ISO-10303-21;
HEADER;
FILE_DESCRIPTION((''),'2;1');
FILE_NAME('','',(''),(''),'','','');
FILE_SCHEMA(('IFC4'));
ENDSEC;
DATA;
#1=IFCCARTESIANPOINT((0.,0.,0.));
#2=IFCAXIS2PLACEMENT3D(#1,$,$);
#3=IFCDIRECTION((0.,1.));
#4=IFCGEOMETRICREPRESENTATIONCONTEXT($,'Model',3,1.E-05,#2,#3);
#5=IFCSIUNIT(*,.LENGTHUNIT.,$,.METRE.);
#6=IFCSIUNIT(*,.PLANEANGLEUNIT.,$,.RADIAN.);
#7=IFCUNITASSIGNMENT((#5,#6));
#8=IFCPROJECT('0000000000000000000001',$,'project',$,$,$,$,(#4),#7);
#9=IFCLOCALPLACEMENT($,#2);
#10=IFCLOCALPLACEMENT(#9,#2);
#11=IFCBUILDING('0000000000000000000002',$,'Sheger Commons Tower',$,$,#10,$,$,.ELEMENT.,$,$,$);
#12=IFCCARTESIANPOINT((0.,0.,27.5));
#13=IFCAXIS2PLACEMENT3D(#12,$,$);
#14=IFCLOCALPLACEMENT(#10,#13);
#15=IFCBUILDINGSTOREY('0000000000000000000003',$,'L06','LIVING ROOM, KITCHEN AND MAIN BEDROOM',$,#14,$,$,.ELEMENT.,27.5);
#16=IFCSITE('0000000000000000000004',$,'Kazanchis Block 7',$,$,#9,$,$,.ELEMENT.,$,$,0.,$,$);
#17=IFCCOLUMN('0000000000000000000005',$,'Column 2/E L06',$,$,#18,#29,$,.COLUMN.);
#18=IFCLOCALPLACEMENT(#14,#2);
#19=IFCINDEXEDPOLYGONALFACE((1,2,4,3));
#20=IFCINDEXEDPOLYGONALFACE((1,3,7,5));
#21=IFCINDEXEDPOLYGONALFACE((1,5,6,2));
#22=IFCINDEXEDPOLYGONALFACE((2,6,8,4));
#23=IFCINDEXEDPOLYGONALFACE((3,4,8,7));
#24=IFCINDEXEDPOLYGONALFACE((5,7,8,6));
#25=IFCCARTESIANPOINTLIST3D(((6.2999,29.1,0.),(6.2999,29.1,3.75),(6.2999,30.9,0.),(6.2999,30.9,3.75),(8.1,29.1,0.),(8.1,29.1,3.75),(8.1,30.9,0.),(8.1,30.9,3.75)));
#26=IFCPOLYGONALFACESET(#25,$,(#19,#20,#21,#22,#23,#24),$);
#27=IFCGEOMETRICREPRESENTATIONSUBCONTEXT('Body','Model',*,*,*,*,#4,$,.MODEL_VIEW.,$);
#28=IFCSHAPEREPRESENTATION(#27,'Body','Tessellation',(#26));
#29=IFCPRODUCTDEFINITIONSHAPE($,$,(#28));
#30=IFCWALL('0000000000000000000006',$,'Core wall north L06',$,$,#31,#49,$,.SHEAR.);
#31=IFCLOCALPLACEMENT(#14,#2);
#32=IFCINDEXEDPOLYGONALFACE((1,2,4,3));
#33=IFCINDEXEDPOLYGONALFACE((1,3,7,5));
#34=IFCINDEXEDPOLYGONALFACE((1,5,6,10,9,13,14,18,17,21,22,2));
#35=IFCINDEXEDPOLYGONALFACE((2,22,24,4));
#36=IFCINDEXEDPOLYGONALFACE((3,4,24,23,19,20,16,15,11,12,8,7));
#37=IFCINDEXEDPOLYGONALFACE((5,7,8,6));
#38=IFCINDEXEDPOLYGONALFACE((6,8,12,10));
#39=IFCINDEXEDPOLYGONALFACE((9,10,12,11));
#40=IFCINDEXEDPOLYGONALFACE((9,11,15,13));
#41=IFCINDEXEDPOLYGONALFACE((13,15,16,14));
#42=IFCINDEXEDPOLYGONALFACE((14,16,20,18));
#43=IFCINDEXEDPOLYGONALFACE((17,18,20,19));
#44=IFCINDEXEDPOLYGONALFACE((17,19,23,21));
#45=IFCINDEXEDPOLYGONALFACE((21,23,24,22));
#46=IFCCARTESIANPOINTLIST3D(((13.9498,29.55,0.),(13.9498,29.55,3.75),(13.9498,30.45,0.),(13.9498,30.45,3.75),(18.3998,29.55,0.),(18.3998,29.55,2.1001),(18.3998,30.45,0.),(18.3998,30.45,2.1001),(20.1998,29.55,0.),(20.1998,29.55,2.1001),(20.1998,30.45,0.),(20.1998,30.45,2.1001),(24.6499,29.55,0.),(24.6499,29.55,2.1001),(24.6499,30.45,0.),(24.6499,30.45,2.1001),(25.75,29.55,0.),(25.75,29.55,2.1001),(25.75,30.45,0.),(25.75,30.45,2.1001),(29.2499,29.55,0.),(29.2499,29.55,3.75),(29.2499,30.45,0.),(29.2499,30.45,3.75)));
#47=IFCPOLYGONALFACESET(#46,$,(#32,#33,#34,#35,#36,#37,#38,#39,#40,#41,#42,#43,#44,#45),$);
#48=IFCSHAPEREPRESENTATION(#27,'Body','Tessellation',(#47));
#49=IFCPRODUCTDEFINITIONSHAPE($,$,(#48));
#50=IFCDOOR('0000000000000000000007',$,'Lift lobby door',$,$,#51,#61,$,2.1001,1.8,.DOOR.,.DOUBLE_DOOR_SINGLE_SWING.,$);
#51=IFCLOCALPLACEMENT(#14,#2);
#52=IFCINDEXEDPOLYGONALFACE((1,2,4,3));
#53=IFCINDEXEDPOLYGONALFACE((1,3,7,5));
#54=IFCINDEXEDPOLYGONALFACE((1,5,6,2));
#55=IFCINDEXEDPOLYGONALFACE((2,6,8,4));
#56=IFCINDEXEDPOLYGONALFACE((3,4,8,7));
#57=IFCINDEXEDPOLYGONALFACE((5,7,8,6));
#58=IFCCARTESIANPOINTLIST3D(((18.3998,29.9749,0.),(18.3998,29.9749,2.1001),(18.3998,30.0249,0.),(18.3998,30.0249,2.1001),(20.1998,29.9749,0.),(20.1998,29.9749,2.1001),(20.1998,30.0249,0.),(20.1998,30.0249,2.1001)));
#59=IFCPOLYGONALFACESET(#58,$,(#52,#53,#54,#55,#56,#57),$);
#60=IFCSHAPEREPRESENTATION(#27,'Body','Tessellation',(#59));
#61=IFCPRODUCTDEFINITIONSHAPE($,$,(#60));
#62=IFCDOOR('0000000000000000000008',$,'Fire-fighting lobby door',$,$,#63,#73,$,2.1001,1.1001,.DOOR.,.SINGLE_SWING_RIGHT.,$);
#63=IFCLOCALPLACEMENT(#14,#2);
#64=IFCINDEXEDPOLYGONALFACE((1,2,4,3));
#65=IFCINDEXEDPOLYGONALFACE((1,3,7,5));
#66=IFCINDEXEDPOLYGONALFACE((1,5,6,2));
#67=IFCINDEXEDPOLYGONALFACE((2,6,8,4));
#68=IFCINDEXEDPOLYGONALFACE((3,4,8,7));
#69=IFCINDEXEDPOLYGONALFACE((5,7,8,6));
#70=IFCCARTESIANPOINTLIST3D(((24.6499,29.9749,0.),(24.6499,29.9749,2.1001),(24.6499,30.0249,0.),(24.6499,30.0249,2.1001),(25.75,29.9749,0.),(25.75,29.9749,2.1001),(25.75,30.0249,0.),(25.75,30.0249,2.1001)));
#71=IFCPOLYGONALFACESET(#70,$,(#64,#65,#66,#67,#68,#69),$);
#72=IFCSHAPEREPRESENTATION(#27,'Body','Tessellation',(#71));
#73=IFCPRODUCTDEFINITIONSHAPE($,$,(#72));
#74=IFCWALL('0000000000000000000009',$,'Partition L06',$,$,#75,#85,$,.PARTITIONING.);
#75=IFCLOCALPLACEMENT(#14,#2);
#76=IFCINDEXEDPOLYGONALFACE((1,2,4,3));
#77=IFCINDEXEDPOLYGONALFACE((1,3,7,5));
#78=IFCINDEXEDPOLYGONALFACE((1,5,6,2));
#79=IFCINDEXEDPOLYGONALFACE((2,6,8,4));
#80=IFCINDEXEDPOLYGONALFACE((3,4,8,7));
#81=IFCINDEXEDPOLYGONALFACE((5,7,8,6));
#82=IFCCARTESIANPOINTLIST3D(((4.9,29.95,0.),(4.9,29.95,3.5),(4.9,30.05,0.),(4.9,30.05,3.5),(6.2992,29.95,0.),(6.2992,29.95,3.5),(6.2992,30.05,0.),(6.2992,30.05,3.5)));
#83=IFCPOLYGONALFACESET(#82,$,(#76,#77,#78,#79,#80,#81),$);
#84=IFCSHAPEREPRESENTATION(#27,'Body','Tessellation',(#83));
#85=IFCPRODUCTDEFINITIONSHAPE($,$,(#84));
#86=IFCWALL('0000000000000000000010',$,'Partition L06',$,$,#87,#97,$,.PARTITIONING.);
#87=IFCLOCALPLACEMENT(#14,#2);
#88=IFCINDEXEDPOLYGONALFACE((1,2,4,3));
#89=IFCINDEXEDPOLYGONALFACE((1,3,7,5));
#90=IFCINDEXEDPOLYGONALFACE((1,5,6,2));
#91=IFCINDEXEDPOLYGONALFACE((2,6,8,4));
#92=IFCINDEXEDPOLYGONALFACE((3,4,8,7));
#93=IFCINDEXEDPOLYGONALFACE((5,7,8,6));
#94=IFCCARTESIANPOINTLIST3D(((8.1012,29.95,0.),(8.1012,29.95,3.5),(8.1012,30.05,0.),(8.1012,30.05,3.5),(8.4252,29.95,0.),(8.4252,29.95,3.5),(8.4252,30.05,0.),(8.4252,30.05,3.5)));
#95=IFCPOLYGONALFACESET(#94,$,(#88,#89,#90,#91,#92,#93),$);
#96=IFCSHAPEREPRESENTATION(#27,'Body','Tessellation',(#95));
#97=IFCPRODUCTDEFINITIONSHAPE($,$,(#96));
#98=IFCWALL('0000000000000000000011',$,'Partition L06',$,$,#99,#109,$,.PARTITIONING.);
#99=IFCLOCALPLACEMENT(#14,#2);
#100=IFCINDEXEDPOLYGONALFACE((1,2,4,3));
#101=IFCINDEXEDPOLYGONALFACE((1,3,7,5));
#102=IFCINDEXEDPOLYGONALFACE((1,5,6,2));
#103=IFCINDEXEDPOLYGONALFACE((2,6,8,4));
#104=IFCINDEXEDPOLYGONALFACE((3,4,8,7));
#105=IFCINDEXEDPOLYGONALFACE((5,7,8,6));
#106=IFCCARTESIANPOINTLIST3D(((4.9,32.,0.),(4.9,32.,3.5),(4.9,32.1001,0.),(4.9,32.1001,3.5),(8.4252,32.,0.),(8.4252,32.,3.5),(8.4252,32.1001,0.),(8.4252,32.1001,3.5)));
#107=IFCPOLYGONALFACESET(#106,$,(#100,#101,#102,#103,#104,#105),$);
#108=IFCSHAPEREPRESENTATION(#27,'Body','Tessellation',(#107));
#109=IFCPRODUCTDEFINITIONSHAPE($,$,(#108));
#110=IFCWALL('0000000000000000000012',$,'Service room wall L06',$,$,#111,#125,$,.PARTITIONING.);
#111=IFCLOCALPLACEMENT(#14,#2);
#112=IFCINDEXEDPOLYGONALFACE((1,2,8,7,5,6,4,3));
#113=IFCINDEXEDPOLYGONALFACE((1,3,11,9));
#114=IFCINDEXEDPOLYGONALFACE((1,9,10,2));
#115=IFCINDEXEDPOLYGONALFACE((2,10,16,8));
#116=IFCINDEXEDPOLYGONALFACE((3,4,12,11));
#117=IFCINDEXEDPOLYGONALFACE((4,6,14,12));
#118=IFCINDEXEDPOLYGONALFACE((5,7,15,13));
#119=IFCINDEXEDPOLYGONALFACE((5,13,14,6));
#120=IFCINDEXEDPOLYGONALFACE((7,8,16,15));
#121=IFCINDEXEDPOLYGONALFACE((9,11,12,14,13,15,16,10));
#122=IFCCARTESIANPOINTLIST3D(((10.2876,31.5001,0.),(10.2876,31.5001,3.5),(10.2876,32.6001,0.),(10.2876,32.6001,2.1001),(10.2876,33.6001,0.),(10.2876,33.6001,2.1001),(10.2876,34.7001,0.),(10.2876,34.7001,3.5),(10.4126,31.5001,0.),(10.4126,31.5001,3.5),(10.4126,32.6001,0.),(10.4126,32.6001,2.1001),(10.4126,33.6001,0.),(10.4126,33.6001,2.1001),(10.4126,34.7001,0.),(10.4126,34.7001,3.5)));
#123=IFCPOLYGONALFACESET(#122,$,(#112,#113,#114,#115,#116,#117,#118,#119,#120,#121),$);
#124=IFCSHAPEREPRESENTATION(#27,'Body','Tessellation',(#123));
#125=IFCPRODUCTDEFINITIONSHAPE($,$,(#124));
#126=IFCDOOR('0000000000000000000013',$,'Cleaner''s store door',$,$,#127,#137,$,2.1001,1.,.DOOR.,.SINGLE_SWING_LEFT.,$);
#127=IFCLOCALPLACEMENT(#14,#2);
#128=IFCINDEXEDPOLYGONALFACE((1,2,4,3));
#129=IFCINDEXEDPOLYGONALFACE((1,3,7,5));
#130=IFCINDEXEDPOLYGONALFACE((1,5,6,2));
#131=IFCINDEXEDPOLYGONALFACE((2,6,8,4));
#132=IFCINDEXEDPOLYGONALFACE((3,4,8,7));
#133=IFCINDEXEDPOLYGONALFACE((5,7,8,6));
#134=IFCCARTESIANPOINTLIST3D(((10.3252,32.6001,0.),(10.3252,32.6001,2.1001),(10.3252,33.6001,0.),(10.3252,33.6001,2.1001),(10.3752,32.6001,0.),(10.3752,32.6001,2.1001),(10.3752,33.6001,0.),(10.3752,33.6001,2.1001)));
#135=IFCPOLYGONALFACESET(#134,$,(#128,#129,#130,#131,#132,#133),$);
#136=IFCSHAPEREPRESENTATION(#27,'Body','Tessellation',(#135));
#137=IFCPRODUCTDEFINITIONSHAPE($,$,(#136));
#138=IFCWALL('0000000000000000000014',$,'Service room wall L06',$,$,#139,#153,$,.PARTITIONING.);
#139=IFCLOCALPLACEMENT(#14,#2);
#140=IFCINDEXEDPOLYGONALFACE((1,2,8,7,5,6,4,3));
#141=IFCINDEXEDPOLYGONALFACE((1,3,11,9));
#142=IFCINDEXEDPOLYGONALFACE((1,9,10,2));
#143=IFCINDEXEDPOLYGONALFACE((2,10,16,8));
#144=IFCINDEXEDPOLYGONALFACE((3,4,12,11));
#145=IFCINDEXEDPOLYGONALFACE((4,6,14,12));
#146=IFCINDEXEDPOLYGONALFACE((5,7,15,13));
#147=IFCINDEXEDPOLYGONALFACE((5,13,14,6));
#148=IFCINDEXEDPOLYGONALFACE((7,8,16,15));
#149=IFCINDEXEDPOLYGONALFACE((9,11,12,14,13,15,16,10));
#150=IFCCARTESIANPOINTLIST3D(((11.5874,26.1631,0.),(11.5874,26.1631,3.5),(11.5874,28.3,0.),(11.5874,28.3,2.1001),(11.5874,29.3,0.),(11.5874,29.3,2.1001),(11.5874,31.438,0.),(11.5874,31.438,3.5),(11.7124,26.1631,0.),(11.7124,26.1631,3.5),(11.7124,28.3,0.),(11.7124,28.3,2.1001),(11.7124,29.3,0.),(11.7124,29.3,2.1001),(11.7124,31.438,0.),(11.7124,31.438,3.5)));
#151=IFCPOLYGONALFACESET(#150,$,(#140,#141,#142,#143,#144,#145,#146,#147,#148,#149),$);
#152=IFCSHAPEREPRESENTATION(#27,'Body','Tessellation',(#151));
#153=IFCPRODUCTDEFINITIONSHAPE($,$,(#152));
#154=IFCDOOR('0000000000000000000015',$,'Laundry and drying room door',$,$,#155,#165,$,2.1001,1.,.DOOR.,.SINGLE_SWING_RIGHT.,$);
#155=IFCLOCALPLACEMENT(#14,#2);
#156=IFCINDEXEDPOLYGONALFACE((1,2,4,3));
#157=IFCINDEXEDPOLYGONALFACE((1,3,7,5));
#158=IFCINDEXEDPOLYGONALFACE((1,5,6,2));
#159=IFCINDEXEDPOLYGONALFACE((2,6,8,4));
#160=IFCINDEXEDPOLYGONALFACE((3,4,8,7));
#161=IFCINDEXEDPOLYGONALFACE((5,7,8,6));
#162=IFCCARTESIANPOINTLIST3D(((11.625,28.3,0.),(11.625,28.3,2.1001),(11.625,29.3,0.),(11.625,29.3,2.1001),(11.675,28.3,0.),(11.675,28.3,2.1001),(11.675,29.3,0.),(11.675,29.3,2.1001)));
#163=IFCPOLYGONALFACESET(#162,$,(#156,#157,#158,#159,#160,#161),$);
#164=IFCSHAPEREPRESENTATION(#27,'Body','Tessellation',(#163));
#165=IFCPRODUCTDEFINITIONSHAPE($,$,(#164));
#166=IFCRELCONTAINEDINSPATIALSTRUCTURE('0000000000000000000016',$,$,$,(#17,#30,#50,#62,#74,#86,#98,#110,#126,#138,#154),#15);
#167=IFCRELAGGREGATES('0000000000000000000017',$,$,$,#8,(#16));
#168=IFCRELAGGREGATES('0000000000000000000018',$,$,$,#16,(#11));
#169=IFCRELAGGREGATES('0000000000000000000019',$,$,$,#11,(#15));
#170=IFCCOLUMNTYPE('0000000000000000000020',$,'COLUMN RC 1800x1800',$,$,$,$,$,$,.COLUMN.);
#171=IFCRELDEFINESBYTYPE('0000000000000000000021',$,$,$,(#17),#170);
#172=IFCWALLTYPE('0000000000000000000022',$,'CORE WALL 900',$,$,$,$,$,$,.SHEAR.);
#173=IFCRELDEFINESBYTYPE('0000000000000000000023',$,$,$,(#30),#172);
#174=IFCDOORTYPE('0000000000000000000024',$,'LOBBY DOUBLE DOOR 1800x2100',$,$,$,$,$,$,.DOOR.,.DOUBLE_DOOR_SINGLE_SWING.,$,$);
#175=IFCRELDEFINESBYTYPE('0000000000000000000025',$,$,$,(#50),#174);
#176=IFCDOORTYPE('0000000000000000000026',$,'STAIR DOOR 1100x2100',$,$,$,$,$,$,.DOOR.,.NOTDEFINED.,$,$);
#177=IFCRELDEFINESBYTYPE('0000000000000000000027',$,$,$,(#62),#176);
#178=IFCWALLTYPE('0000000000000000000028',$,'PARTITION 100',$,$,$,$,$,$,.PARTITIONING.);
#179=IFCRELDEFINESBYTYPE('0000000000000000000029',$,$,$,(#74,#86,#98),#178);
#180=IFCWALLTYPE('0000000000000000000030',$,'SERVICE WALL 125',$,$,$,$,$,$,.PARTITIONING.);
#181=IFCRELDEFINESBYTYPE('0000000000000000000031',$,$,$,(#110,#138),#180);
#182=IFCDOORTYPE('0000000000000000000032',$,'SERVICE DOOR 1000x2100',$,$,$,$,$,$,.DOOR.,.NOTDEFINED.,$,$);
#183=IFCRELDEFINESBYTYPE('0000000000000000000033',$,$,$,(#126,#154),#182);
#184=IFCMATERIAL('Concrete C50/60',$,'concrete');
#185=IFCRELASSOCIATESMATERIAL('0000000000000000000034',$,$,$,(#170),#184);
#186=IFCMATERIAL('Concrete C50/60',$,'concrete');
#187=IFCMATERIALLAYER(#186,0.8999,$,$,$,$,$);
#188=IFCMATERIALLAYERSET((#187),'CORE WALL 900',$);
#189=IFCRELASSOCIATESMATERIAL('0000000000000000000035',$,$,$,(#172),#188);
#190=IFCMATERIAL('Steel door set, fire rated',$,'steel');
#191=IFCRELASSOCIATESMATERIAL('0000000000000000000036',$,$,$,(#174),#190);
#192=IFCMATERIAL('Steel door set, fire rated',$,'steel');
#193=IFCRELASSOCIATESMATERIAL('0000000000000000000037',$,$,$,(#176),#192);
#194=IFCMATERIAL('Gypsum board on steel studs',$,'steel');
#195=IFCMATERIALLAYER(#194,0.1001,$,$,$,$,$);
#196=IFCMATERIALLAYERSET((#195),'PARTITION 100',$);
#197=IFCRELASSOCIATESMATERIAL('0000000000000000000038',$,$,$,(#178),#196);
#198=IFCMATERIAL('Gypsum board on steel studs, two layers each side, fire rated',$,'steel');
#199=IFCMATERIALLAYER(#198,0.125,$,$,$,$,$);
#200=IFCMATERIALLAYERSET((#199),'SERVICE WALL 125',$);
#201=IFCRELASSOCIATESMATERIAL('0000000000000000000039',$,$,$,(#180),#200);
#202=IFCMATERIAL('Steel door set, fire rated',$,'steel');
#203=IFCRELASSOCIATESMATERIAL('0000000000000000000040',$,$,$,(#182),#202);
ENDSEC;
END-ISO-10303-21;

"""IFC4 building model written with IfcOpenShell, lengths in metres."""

from ifc_helpers import new_model, si_unit, direction, frame, frame_2d, origin, origin_2d, place, context, subcontext, project, spatial, rectangle, extrude, material, layer, layer_set, material_profile, profile_set, type_object, element, fill, save


model = new_model("IFC4")

# Units and contexts
model_context = context("Model", 3, precision=1e-05, world=origin(), true_north=direction((0.0, 1.0)))
body_context = subcontext(model_context, "Body", "Model", "MODEL_VIEW")
ifc_project = project(units=[si_unit("LENGTHUNIT", "METRE"), si_unit("PLANEANGLEUNIT", "RADIAN")], contexts=[model_context])

# Site, building, storey
site_placement = place(None, origin())
site = spatial("IfcSite", under=ifc_project, at=site_placement, Name="Kazanchis Block 7", CompositionType="ELEMENT", RefElevation=0.0)
building_placement = place(site_placement, origin())
building = spatial("IfcBuilding", under=site, at=building_placement, Name="Sheger Commons Tower", CompositionType="ELEMENT")
storey_placement = place(building_placement, frame((0.0, 0.0, 27.5)))
storey = spatial("IfcBuildingStorey", under=building, at=storey_placement, Name="L06", Description="LIVING ROOM, KITCHEN AND MAIN BEDROOM", CompositionType="ELEMENT", Elevation=27.5)

# Column
ifc_material_1 = material(Name="Concrete C50/60", Category="concrete")
ifc_material_profile = material_profile(ifc_material_1, rectangle(XDim=1.8, YDim=1.8, at=origin_2d()), Name="RC 1800x1800")
ifc_profile_set = profile_set([ifc_material_profile], Name="Concrete C50/60")
column_type = type_object("IfcColumnType", Name="COLUMN RC 1800x1800", PredefinedType="COLUMN", material=ifc_profile_set)
column_placement = place(storey_placement, frame((7.2, 30.0, 0.0), z_axis=(0.0, 0.0, 1.0), x_axis=(1.0, 0.0, 0.0)))
element("IfcColumn", 1, at=column_placement, inside=storey, type_object=column_type, Name="Column 2/E L06", PredefinedType="COLUMN", context=body_context, shape_type="SweptSolid", body=[
    extrude(rectangle(XDim=1.8, YDim=1.8, at=origin_2d()), origin(), (0.0, 0.0, 1.0), 3.75),
])

# Wall, openings, doors
ifc_material_2 = material(Name="Concrete C50/60", Category="concrete")
ifc_layer_1 = layer(ifc_material_2, 0.8999)
ifc_layer_set_1 = layer_set([ifc_layer_1], Name="CORE WALL 900")
wall_type_1 = type_object("IfcWallType", Name="CORE WALL 900", PredefinedType="SHEAR", material=ifc_layer_set_1)
wall_1_placement = place(storey_placement, frame((13.95, 30.0, 0.0), z_axis=(0.0, 0.0, 1.0), x_axis=(1.0, 0.0, 0.0)))
wall_1 = element("IfcWall", 2, at=wall_1_placement, inside=storey, type_object=wall_type_1, Name="Core wall north L06", PredefinedType="SHEAR", context=body_context, shape_type="SweptSolid", body=[
    extrude(rectangle(XDim=15.3, YDim=0.8999, at=frame_2d((7.6499, 0.0))), origin(), (0.0, 0.0, 1.0), 3.75),
])
opening_1_placement = place(wall_1_placement, frame((4.45, 0.0, 0.0)))
opening_1 = element("IfcOpeningElement", 3, at=opening_1_placement, cuts=wall_1, PredefinedType="OPENING", context=body_context, shape_type="SweptSolid", body=[
    extrude(rectangle(XDim=1.8, YDim=2.1001, at=frame_2d((0.8999, 1.05))), frame((0.0, 0.46, 0.0), z_axis=(0.0, -1.0, 0.0), x_axis=(1.0, 0.0, 0.0)), (0.0, 0.0, 1.0), 0.9199),
])
opening_2_placement = place(wall_1_placement, frame((10.7, 0.0, 0.0)))
opening_2 = element("IfcOpeningElement", 4, at=opening_2_placement, cuts=wall_1, PredefinedType="OPENING", context=body_context, shape_type="SweptSolid", body=[
    extrude(rectangle(XDim=1.1001, YDim=2.1001, at=frame_2d((0.55, 1.05))), frame((0.0, 0.46, 0.0), z_axis=(0.0, -1.0, 0.0), x_axis=(1.0, 0.0, 0.0)), (0.0, 0.0, 1.0), 0.9199),
])
ifc_material_3 = material(Name="Steel door set, fire rated", Category="steel")
door_type_1 = type_object("IfcDoorType", Name="LOBBY DOUBLE DOOR 1800x2100", OperationType="DOUBLE_DOOR_SINGLE_SWING", PredefinedType="DOOR", material=ifc_material_3)
door_1_placement = place(opening_1_placement, origin())
door_1 = element("IfcDoor", 5, at=door_1_placement, inside=storey, type_object=door_type_1, Name="Lift lobby door", OperationType="DOUBLE_DOOR_SINGLE_SWING", OverallHeight=2.1001, OverallWidth=1.8, PredefinedType="DOOR", context=body_context, shape_type="SweptSolid", body=[
    extrude(rectangle(XDim=1.8, YDim=2.1001, at=frame_2d((0.8999, 1.05))), frame((0.0, 0.0249, 0.0), z_axis=(0.0, -1.0, 0.0), x_axis=(1.0, 0.0, 0.0)), (0.0, 0.0, 1.0), 0.05),
])
fill(opening_1, door_1)
ifc_material_4 = material(Name="Steel door set, fire rated", Category="steel")
door_type_2 = type_object("IfcDoorType", Name="STAIR DOOR 1100x2100", OperationType="NOTDEFINED", PredefinedType="DOOR", material=ifc_material_4)
door_2_placement = place(opening_2_placement, origin())
door_2 = element("IfcDoor", 6, at=door_2_placement, inside=storey, type_object=door_type_2, Name="Fire-fighting lobby door", OperationType="SINGLE_SWING_RIGHT", OverallHeight=2.1001, OverallWidth=1.1001, PredefinedType="DOOR", context=body_context, shape_type="SweptSolid", body=[
    extrude(rectangle(XDim=1.1001, YDim=2.1001, at=frame_2d((0.55, 1.05))), frame((0.0, 0.0249, 0.0), z_axis=(0.0, -1.0, 0.0), x_axis=(1.0, 0.0, 0.0)), (0.0, 0.0, 1.0), 0.05),
])
fill(opening_2, door_2)

# Walls
ifc_material_5 = material(Name="Gypsum board on steel studs", Category="steel")
ifc_layer_2 = layer(ifc_material_5, 0.1001)
ifc_layer_set_2 = layer_set([ifc_layer_2], Name="PARTITION 100")
wall_type_2 = type_object("IfcWallType", Name="PARTITION 100", PredefinedType="PARTITIONING", material=ifc_layer_set_2)
wall_2_placement = place(storey_placement, frame((4.8999, 30.0, 0.0), z_axis=(0.0, 0.0, 1.0), x_axis=(1.0, 0.0, 0.0)))
element("IfcWall", 7, at=wall_2_placement, inside=storey, type_object=wall_type_2, Name="Partition L06", PredefinedType="PARTITIONING", context=body_context, shape_type="SweptSolid", body=[
    extrude(rectangle(XDim=1.3992, YDim=0.1001, at=frame_2d((0.6997, 0.0))), origin(), (0.0, 0.0, 1.0), 3.5),
])
wall_3_placement = place(storey_placement, frame((8.1011, 30.0, 0.0), z_axis=(0.0, 0.0, 1.0), x_axis=(1.0, 0.0, 0.0)))
element("IfcWall", 8, at=wall_3_placement, inside=storey, type_object=wall_type_2, Name="Partition L06", PredefinedType="PARTITIONING", context=body_context, shape_type="SweptSolid", body=[
    extrude(rectangle(XDim=0.324, YDim=0.1001, at=frame_2d((0.1621, 0.0))), origin(), (0.0, 0.0, 1.0), 3.5),
])
wall_4_placement = place(storey_placement, frame((4.8999, 32.05, 0.0), z_axis=(0.0, 0.0, 1.0), x_axis=(1.0, 0.0, 0.0)))
element("IfcWall", 9, at=wall_4_placement, inside=storey, type_object=wall_type_2, Name="Partition L06", PredefinedType="PARTITIONING", context=body_context, shape_type="SweptSolid", body=[
    extrude(rectangle(XDim=3.5251, YDim=0.1001, at=frame_2d((1.7627, 0.0))), origin(), (0.0, 0.0, 1.0), 3.5),
])

# Walls, openings, doors
ifc_material_6 = material(Name="Gypsum board on steel studs, two layers each side, fire rated", Category="steel")
ifc_layer_3 = layer(ifc_material_6, 0.125)
ifc_layer_set_3 = layer_set([ifc_layer_3], Name="SERVICE WALL 125")
wall_type_3 = type_object("IfcWallType", Name="SERVICE WALL 125", PredefinedType="PARTITIONING", material=ifc_layer_set_3)
wall_5_placement = place(storey_placement, frame((10.3501, 31.5, 0.0), z_axis=(0.0, 0.0, 1.0), x_axis=(0.0, 1.0, 0.0)))
wall_5 = element("IfcWall", 10, at=wall_5_placement, inside=storey, type_object=wall_type_3, Name="Service room wall L06", PredefinedType="PARTITIONING", context=body_context, shape_type="SweptSolid", body=[
    extrude(rectangle(XDim=3.2, YDim=0.125, at=frame_2d((1.6001, 0.0))), origin(), (0.0, 0.0, 1.0), 3.5),
])
opening_3_placement = place(wall_5_placement, frame((1.1001, 0.0, 0.0)))
opening_3 = element("IfcOpeningElement", 11, at=opening_3_placement, cuts=wall_5, PredefinedType="OPENING", context=body_context, shape_type="SweptSolid", body=[
    extrude(rectangle(XDim=1.0, YDim=2.1001, at=frame_2d((0.5, 1.05))), frame((0.0, 0.0725, 0.0), z_axis=(0.0, -1.0, 0.0), x_axis=(1.0, 0.0, 0.0)), (0.0, 0.0, 1.0), 0.145),
])
ifc_material_7 = material(Name="Steel door set, fire rated", Category="steel")
door_type_3 = type_object("IfcDoorType", Name="SERVICE DOOR 1000x2100", OperationType="NOTDEFINED", PredefinedType="DOOR", material=ifc_material_7)
door_3_placement = place(opening_3_placement, origin())
door_3 = element("IfcDoor", 12, at=door_3_placement, inside=storey, type_object=door_type_3, Name="Cleaner's store door", OperationType="SINGLE_SWING_LEFT", OverallHeight=2.1001, OverallWidth=1.0, PredefinedType="DOOR", context=body_context, shape_type="SweptSolid", body=[
    extrude(rectangle(XDim=1.0, YDim=2.1001, at=frame_2d((0.5, 1.05))), frame((0.0, 0.0249, 0.0), z_axis=(0.0, -1.0, 0.0), x_axis=(1.0, 0.0, 0.0)), (0.0, 0.0, 1.0), 0.05),
])
fill(opening_3, door_3)
wall_6_placement = place(storey_placement, frame((11.6499, 26.1631, 0.0), z_axis=(0.0, 0.0, 1.0), x_axis=(0.0, 1.0, 0.0)))
wall_6 = element("IfcWall", 13, at=wall_6_placement, inside=storey, type_object=wall_type_3, Name="Service room wall L06", PredefinedType="PARTITIONING", context=body_context, shape_type="SweptSolid", body=[
    extrude(rectangle(XDim=5.2749, YDim=0.125, at=frame_2d((2.6375, 0.0))), origin(), (0.0, 0.0, 1.0), 3.5),
])
opening_4_placement = place(wall_6_placement, frame((2.137, 0.0, 0.0)))
opening_4 = element("IfcOpeningElement", 14, at=opening_4_placement, cuts=wall_6, PredefinedType="OPENING", context=body_context, shape_type="SweptSolid", body=[
    extrude(rectangle(XDim=1.0, YDim=2.1001, at=frame_2d((0.5, 1.05))), frame((0.0, 0.0725, 0.0), z_axis=(0.0, -1.0, 0.0), x_axis=(1.0, 0.0, 0.0)), (0.0, 0.0, 1.0), 0.145),
])
door_4_placement = place(opening_4_placement, origin())
door_4 = element("IfcDoor", 15, at=door_4_placement, inside=storey, type_object=door_type_3, Name="Laundry and drying room door", OperationType="SINGLE_SWING_RIGHT", OverallHeight=2.1001, OverallWidth=1.0, PredefinedType="DOOR", context=body_context, shape_type="SweptSolid", body=[
    extrude(rectangle(XDim=1.0, YDim=2.1001, at=frame_2d((0.5, 1.05))), frame((0.0, 0.0249, 0.0), z_axis=(0.0, -1.0, 0.0), x_axis=(1.0, 0.0, 0.0)), (0.0, 0.0, 1.0), 0.05),
])
fill(opening_4, door_4)

save(model, "model.ifc")
